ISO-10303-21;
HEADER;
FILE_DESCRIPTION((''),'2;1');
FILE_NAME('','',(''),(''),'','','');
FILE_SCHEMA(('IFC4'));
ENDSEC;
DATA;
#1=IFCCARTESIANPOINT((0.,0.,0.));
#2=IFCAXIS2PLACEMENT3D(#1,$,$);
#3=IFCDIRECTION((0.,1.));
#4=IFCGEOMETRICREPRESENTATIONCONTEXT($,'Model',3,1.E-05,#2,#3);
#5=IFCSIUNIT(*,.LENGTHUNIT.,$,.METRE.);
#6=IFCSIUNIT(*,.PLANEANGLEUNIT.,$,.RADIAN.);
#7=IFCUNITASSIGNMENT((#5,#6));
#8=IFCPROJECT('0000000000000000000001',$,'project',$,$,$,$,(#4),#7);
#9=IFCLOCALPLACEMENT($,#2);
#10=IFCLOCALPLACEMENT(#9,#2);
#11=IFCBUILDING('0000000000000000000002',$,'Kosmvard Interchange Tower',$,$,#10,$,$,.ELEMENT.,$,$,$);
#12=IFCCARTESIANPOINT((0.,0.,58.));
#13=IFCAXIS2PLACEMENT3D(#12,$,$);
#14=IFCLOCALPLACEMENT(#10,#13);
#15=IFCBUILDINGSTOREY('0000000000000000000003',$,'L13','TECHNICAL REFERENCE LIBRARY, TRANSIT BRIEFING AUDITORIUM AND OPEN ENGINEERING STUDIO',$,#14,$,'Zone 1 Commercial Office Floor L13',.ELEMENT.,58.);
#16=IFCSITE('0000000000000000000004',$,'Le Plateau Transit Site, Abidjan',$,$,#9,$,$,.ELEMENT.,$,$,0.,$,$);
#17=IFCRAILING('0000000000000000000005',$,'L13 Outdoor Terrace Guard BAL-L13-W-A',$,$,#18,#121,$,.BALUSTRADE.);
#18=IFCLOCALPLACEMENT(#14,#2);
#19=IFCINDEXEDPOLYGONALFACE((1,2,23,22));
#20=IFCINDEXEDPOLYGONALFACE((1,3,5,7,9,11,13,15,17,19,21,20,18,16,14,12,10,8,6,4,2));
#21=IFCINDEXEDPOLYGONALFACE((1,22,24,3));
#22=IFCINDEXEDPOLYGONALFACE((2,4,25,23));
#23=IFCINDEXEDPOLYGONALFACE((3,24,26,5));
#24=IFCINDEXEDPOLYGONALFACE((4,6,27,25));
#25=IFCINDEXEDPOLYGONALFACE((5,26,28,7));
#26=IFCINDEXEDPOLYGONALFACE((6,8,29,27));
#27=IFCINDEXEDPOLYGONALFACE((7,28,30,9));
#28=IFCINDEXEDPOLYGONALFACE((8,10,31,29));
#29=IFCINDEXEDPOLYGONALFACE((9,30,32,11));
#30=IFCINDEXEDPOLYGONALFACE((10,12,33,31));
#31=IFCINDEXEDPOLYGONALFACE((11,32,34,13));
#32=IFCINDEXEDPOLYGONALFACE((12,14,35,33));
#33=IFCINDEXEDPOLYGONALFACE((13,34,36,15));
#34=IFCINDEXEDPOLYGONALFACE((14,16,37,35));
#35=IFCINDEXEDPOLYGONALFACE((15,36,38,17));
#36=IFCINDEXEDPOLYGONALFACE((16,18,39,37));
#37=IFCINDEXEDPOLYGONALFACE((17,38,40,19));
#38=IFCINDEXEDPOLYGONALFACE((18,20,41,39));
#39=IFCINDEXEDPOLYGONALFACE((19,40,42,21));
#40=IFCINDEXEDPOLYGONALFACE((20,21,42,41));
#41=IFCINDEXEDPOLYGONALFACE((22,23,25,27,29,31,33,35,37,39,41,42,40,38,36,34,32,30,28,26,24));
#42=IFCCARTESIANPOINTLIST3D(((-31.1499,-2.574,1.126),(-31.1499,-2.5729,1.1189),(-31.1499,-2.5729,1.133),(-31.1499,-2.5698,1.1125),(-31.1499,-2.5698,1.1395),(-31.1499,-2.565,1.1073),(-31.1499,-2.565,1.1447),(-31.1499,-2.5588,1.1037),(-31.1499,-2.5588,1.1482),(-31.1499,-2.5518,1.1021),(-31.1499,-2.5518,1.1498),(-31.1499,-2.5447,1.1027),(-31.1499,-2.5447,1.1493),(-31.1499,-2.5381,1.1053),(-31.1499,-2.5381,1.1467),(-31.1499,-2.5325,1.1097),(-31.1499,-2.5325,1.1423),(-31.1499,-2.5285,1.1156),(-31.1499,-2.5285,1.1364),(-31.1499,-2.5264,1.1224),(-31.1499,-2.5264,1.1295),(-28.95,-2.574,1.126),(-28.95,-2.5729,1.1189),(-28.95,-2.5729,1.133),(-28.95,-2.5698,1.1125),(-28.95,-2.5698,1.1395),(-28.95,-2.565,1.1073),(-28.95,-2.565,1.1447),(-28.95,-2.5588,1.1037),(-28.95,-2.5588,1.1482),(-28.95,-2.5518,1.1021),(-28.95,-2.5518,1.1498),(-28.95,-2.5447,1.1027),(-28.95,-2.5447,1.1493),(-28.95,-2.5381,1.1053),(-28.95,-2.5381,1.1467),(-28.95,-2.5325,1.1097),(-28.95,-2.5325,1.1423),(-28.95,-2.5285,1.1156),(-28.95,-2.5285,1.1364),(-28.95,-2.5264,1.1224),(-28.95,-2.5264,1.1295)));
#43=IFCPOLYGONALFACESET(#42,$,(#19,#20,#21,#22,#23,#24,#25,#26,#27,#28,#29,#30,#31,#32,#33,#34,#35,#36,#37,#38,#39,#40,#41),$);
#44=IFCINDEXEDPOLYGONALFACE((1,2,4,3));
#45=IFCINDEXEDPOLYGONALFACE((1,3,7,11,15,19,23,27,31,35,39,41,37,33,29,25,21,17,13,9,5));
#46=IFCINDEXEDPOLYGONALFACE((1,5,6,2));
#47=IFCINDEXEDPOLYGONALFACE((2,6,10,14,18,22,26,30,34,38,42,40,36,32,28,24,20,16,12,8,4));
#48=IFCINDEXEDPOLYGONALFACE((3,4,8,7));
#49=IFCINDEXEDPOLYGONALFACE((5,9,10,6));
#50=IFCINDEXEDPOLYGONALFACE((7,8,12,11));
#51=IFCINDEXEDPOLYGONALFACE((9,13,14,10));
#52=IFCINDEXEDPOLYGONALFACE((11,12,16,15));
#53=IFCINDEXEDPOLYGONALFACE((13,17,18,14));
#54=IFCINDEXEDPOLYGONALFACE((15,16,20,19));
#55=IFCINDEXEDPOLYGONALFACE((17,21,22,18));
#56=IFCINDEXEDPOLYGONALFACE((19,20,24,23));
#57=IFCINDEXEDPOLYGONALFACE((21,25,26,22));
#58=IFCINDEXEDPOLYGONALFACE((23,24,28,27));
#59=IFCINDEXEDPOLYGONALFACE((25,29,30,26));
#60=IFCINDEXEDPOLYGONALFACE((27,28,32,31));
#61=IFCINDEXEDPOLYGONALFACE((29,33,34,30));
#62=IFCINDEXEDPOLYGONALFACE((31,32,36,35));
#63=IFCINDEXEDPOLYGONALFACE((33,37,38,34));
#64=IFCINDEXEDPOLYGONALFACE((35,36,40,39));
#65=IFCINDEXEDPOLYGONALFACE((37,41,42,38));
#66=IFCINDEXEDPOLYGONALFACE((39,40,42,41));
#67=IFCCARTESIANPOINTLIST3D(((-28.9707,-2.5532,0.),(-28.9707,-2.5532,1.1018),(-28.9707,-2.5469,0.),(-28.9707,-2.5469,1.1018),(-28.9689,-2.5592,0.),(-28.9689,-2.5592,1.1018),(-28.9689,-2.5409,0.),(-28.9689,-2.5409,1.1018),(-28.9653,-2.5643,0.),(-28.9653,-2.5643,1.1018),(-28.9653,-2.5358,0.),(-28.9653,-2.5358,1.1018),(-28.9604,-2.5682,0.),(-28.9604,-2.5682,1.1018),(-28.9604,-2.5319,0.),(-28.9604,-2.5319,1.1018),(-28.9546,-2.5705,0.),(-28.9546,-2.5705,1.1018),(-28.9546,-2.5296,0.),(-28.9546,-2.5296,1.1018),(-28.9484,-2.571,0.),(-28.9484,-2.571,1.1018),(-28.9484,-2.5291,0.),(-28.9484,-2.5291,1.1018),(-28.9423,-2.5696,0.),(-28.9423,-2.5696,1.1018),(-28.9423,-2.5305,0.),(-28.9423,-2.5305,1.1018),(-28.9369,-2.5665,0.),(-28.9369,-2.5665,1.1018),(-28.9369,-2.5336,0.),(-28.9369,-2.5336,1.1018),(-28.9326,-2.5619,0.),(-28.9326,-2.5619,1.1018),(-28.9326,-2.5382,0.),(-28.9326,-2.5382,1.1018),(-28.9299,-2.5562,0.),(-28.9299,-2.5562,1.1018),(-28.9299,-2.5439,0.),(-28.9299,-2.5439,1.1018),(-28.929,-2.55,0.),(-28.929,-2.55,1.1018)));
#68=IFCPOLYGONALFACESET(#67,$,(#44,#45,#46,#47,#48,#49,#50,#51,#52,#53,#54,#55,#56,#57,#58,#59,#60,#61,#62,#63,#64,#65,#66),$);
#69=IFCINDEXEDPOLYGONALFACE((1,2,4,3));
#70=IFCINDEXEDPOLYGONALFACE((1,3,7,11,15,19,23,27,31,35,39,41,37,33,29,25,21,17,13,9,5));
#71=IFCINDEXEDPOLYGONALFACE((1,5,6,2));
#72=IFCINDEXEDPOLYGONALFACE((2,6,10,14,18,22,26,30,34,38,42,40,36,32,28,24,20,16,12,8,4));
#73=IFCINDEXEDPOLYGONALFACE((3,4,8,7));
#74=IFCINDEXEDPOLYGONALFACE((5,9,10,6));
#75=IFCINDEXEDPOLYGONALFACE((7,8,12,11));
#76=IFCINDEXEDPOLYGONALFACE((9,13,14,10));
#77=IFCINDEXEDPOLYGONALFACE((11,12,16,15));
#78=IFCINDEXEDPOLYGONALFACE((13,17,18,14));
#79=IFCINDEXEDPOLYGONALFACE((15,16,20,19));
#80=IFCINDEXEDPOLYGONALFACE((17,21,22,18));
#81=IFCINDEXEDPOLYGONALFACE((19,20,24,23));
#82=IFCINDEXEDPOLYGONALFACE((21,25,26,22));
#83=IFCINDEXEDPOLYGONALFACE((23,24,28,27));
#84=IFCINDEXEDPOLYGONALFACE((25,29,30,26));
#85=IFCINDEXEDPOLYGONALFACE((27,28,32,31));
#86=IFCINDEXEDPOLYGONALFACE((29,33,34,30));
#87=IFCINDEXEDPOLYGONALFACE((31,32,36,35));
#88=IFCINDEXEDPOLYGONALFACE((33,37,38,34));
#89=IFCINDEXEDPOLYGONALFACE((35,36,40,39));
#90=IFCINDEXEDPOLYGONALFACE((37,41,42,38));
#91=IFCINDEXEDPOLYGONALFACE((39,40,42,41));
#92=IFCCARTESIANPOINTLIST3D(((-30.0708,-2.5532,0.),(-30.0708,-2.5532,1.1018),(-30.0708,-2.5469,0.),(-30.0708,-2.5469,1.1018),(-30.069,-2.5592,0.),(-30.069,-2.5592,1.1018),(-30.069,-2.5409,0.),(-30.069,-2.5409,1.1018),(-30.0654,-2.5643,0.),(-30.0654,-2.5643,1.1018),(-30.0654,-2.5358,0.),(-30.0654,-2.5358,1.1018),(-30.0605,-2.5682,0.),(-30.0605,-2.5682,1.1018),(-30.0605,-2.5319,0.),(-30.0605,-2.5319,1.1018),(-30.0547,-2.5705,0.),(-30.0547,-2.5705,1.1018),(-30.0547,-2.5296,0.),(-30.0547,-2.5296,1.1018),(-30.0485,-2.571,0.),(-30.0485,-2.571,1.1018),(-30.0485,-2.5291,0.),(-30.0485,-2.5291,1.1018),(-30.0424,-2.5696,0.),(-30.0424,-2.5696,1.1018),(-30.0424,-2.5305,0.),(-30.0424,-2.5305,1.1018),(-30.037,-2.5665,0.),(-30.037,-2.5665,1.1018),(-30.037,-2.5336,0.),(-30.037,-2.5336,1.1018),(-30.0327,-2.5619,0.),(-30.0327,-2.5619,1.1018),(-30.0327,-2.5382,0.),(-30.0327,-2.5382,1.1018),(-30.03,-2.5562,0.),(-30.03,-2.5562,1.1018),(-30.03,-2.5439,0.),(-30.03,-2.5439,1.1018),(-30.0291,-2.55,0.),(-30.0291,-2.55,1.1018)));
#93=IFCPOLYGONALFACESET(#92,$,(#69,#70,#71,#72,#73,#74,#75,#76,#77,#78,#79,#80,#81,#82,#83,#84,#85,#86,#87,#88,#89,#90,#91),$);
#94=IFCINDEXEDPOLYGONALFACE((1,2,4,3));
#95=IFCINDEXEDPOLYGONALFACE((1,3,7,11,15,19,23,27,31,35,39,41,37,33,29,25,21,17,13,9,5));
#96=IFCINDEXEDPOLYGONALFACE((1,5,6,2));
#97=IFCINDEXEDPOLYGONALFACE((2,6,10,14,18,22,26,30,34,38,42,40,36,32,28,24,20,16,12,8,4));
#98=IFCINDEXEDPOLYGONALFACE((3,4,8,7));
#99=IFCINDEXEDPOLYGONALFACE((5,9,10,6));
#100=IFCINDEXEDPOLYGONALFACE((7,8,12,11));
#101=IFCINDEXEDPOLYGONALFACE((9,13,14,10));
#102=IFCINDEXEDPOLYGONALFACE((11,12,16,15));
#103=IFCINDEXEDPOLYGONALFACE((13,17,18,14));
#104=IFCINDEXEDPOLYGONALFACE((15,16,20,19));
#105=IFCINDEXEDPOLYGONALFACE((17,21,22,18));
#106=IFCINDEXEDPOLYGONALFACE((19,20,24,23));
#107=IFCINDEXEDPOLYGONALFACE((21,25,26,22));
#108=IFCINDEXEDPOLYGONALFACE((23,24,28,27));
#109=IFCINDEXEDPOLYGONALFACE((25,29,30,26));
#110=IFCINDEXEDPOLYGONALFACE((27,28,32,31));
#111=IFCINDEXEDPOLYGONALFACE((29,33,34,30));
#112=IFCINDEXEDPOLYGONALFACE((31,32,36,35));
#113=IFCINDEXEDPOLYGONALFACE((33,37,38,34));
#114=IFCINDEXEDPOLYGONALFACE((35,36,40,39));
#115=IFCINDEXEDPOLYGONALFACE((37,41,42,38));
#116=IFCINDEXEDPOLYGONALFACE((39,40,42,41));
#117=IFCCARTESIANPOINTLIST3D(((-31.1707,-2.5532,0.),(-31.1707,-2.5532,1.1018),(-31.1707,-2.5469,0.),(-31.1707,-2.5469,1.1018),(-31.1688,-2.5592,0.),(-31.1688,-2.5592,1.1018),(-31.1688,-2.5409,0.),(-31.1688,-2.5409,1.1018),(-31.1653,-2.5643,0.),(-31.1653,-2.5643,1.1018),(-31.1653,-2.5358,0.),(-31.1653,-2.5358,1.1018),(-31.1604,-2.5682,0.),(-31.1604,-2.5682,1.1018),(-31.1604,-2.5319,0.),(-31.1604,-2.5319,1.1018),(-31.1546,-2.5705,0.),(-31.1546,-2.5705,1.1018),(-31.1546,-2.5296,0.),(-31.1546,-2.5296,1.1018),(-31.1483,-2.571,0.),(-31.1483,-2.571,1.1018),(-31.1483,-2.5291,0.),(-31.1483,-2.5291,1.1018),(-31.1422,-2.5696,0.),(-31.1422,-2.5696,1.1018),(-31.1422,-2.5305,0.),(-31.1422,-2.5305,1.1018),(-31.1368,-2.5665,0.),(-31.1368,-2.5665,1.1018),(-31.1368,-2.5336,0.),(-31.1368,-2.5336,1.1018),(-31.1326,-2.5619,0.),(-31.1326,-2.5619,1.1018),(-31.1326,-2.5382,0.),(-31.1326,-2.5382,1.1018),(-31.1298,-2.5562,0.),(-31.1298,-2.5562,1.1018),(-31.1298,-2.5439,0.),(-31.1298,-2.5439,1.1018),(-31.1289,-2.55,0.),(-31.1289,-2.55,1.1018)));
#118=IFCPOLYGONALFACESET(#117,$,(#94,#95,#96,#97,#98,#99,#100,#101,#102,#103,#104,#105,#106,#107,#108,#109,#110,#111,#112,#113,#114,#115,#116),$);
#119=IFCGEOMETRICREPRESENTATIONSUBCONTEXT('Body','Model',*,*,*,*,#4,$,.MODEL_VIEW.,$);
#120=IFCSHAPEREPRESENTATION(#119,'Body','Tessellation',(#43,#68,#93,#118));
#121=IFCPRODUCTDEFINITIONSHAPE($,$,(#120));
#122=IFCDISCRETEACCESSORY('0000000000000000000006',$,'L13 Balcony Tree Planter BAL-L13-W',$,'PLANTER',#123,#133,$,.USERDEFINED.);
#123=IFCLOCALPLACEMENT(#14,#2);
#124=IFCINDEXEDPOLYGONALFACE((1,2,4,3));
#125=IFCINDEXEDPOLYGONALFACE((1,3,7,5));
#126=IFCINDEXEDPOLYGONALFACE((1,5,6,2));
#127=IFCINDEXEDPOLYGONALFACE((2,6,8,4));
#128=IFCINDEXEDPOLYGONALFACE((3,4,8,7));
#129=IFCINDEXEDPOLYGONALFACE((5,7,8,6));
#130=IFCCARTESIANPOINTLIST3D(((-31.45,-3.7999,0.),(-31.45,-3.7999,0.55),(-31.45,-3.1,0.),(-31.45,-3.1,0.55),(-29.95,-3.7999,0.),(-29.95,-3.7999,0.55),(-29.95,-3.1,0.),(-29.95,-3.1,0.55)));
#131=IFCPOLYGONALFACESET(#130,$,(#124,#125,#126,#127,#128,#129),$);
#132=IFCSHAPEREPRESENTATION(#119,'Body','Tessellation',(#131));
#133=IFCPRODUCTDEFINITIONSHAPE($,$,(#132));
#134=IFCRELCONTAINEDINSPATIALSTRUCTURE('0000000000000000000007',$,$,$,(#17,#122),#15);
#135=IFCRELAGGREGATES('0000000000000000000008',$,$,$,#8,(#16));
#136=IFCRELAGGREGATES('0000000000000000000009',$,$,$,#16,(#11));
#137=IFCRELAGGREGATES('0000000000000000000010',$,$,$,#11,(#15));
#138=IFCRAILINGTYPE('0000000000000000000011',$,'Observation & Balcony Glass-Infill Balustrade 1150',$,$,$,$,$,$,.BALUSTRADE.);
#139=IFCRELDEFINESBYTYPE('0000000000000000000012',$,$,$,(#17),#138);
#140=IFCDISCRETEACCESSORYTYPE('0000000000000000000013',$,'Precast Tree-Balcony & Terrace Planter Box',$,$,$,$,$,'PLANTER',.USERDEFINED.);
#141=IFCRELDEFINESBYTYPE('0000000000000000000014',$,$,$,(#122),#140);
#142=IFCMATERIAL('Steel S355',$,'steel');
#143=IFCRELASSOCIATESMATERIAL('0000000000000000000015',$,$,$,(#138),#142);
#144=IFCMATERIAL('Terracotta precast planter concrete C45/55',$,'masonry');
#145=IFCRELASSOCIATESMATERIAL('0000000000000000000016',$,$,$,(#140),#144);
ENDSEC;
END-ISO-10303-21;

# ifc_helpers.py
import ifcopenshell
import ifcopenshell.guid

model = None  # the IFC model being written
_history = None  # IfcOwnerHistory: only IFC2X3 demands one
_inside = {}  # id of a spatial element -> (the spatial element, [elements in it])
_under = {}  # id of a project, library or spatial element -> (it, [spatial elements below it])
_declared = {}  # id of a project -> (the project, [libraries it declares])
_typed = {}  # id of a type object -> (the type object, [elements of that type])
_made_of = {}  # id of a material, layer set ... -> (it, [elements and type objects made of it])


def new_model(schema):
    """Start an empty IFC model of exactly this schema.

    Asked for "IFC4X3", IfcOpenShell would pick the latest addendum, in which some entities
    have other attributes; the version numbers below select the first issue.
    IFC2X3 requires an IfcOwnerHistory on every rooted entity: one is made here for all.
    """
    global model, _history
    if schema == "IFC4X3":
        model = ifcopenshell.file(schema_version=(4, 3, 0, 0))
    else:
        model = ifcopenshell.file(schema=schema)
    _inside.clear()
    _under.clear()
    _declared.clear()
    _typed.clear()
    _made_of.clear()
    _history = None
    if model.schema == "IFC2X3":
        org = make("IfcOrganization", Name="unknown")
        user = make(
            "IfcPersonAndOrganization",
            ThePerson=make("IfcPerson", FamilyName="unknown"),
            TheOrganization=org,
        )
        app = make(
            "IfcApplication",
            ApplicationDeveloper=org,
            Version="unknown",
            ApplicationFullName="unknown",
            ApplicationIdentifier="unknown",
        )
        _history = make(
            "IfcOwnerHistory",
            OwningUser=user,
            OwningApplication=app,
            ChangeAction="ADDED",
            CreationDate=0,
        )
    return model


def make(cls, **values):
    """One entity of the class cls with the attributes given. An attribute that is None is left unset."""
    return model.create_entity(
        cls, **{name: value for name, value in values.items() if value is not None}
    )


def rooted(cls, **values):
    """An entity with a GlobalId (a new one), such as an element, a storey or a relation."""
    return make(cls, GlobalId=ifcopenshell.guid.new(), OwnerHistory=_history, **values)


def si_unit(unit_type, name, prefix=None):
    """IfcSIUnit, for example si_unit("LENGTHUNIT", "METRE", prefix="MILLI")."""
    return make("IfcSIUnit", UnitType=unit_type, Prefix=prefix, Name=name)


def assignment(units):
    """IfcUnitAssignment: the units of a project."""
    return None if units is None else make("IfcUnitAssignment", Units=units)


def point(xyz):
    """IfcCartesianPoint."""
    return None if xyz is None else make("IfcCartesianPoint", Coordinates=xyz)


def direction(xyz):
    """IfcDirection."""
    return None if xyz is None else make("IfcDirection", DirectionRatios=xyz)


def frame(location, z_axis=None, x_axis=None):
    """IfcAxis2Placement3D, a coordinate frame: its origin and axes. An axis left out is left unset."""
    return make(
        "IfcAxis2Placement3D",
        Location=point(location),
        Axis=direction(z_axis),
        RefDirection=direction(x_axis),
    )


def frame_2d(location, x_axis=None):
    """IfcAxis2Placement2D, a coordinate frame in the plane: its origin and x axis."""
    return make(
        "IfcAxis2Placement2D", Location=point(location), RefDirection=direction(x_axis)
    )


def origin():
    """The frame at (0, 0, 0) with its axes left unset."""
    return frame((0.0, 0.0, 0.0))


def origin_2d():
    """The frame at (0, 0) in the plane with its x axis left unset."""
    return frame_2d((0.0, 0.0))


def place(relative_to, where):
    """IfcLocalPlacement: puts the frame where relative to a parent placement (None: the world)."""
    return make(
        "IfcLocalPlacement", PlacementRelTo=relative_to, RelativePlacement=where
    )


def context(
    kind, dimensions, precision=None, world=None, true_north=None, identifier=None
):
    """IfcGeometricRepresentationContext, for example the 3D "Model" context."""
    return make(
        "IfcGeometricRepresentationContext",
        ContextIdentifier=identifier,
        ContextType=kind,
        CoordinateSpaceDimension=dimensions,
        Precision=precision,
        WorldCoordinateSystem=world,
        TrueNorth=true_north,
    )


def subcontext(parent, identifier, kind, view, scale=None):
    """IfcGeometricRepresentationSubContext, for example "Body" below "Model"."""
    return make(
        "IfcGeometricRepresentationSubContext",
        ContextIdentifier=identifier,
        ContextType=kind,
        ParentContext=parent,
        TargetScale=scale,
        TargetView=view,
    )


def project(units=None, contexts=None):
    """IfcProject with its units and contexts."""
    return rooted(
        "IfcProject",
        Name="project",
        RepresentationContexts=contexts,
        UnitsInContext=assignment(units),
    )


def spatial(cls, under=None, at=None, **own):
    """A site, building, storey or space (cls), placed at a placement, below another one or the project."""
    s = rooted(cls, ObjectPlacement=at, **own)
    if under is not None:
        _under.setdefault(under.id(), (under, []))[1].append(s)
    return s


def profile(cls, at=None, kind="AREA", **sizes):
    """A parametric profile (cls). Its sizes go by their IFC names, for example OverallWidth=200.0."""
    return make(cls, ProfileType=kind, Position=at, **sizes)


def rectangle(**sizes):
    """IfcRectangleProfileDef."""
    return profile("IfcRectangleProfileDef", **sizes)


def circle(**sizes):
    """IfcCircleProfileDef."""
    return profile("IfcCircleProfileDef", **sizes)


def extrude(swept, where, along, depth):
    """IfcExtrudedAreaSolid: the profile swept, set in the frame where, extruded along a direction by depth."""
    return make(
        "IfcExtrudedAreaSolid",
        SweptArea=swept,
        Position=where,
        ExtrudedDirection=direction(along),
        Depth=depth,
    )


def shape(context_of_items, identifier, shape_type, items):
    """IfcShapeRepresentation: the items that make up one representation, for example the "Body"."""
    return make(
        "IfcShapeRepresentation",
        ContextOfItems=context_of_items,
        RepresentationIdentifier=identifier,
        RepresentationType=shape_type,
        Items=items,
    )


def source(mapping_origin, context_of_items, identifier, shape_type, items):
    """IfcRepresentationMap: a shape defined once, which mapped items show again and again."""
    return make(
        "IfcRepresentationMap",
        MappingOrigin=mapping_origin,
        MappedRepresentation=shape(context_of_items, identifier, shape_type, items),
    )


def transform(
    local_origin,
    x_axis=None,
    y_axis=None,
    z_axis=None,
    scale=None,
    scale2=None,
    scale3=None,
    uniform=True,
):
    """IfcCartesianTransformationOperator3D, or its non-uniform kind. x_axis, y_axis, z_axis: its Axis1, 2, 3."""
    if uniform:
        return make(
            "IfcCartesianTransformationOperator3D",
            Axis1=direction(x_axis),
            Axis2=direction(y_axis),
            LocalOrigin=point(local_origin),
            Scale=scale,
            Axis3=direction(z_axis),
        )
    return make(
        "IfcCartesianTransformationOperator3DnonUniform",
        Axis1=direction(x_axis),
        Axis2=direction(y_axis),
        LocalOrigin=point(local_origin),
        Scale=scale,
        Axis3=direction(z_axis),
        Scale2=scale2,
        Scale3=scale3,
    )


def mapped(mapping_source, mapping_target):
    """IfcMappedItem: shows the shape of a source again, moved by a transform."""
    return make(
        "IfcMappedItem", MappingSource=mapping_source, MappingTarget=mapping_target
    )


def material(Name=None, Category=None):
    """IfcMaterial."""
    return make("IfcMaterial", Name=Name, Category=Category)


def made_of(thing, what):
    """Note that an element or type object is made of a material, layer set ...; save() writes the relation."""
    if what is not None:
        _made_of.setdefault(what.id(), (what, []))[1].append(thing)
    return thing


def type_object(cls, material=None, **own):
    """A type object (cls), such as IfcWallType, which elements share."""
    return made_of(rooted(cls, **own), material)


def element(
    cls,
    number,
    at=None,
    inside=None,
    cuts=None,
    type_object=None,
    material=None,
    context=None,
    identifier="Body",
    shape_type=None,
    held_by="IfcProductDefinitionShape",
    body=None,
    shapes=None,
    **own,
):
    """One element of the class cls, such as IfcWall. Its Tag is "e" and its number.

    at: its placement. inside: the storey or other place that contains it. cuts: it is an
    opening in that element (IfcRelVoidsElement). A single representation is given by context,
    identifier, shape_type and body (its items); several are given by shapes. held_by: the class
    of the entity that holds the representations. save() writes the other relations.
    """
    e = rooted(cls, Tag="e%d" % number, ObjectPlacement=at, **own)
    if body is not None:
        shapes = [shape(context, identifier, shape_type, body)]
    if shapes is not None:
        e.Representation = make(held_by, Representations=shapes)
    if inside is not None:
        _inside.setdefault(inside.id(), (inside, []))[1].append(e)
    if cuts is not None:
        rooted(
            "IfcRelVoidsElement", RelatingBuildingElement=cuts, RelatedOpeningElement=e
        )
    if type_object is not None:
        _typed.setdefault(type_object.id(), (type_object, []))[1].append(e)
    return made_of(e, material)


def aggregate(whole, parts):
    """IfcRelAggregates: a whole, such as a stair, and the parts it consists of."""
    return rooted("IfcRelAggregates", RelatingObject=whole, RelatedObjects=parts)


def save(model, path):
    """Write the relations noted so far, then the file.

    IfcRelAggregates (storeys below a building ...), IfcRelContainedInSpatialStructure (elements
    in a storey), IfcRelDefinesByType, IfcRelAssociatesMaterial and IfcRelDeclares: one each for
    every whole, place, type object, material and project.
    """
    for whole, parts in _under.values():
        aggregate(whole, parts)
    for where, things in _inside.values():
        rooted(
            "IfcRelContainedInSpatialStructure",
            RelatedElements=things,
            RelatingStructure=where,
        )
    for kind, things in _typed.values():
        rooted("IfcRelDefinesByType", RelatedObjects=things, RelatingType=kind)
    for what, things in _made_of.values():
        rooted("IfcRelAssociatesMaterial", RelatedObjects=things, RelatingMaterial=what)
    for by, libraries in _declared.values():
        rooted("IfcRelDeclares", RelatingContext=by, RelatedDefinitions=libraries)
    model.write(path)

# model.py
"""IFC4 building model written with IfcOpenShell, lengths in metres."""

from ifc_helpers import new_model, si_unit, direction, frame, origin, origin_2d, place, context, subcontext, project, spatial, rectangle, circle, extrude, source, transform, mapped, material, type_object, element, save


model = new_model("IFC4")

# Units and contexts
model_context = context("Model", 3, precision=1e-05, world=origin(), true_north=direction((0.0, 1.0)))
body_context = subcontext(model_context, "Body", "Model", "MODEL_VIEW")
ifc_project = project(units=[si_unit("LENGTHUNIT", "METRE"), si_unit("PLANEANGLEUNIT", "RADIAN")], contexts=[model_context])

# Site, building, storey
site_placement = place(None, origin())
site = spatial("IfcSite", under=ifc_project, at=site_placement, Name="Le Plateau Transit Site, Abidjan", CompositionType="ELEMENT", RefElevation=0.0)
building_placement = place(site_placement, origin())
building = spatial("IfcBuilding", under=site, at=building_placement, Name="Kosmvard Interchange Tower", CompositionType="ELEMENT")
storey_placement = place(building_placement, frame((0.0, 0.0, 58.0)))
storey = spatial("IfcBuildingStorey", under=building, at=storey_placement, Name="L13", Description="TECHNICAL REFERENCE LIBRARY, TRANSIT BRIEFING AUDITORIUM AND OPEN ENGINEERING STUDIO", LongName="Zone 1 Commercial Office Floor L13", CompositionType="ELEMENT", Elevation=58.0)

# Shared definitions
ifc_material_1 = material(Name="Steel S355", Category="steel")

# Railing
railing_type = type_object("IfcRailingType", Name="Observation & Balcony Glass-Infill Balustrade 1150", PredefinedType="BALUSTRADE", material=ifc_material_1)
shared_shape_1 = source(origin(), body_context, "Body", "SweptSolid", [
    extrude(circle(Radius=0.0239, at=origin_2d()), frame((0.0, 0.0, 1.126), z_axis=(-1.0, 0.0, 0.0), x_axis=(0.0, -1.0, 0.0)), (0.0, 0.0, 1.0), 2.2),
    extrude(circle(Radius=0.021, at=origin_2d()), origin(), (0.0, 0.0, 1.0), 1.1018),
    extrude(circle(Radius=0.021, at=origin_2d()), frame((-1.1001, 0.0, 0.0)), (0.0, 0.0, 1.0), 1.1018),
    extrude(circle(Radius=0.021, at=origin_2d()), frame((-2.2, 0.0, 0.0)), (0.0, 0.0, 1.0), 1.1018),
])
railing_1_placement = place(storey_placement, frame((-28.95, -2.55, 0.0)))
element("IfcRailing", 1, at=railing_1_placement, inside=storey, type_object=railing_type, Name="L13 Outdoor Terrace Guard BAL-L13-W-A", PredefinedType="BALUSTRADE", context=body_context, shape_type="MappedRepresentation", body=[
    mapped(shared_shape_1, transform((0.0, 0.0, 0.0), scale=1.0)),
])

# Discrete accessory
ifc_material_2 = material(Name="Terracotta precast planter concrete C45/55", Category="masonry")
discrete_accessory_type = type_object("IfcDiscreteAccessoryType", Name="Precast Tree-Balcony & Terrace Planter Box", ElementType="PLANTER", PredefinedType="USERDEFINED", material=ifc_material_2)
shared_shape_2 = source(origin(), body_context, "Body", "SweptSolid", [
    extrude(rectangle(XDim=1.5, YDim=0.7, at=origin_2d()), origin(), (0.0, 0.0, 1.0), 0.55),
])
discrete_accessory_placement = place(storey_placement, frame((-30.7, -3.45, 0.0), z_axis=(0.0, 0.0, 1.0), x_axis=(1.0, 0.0, 0.0)))
element("IfcDiscreteAccessory", 2, at=discrete_accessory_placement, inside=storey, type_object=discrete_accessory_type, Name="L13 Balcony Tree Planter BAL-L13-W", ObjectType="PLANTER", PredefinedType="USERDEFINED", context=body_context, shape_type="MappedRepresentation", body=[
    mapped(shared_shape_2, transform((0.0, 0.0, 0.0), scale=1.0)),
])

save(model, "model.ifc")
